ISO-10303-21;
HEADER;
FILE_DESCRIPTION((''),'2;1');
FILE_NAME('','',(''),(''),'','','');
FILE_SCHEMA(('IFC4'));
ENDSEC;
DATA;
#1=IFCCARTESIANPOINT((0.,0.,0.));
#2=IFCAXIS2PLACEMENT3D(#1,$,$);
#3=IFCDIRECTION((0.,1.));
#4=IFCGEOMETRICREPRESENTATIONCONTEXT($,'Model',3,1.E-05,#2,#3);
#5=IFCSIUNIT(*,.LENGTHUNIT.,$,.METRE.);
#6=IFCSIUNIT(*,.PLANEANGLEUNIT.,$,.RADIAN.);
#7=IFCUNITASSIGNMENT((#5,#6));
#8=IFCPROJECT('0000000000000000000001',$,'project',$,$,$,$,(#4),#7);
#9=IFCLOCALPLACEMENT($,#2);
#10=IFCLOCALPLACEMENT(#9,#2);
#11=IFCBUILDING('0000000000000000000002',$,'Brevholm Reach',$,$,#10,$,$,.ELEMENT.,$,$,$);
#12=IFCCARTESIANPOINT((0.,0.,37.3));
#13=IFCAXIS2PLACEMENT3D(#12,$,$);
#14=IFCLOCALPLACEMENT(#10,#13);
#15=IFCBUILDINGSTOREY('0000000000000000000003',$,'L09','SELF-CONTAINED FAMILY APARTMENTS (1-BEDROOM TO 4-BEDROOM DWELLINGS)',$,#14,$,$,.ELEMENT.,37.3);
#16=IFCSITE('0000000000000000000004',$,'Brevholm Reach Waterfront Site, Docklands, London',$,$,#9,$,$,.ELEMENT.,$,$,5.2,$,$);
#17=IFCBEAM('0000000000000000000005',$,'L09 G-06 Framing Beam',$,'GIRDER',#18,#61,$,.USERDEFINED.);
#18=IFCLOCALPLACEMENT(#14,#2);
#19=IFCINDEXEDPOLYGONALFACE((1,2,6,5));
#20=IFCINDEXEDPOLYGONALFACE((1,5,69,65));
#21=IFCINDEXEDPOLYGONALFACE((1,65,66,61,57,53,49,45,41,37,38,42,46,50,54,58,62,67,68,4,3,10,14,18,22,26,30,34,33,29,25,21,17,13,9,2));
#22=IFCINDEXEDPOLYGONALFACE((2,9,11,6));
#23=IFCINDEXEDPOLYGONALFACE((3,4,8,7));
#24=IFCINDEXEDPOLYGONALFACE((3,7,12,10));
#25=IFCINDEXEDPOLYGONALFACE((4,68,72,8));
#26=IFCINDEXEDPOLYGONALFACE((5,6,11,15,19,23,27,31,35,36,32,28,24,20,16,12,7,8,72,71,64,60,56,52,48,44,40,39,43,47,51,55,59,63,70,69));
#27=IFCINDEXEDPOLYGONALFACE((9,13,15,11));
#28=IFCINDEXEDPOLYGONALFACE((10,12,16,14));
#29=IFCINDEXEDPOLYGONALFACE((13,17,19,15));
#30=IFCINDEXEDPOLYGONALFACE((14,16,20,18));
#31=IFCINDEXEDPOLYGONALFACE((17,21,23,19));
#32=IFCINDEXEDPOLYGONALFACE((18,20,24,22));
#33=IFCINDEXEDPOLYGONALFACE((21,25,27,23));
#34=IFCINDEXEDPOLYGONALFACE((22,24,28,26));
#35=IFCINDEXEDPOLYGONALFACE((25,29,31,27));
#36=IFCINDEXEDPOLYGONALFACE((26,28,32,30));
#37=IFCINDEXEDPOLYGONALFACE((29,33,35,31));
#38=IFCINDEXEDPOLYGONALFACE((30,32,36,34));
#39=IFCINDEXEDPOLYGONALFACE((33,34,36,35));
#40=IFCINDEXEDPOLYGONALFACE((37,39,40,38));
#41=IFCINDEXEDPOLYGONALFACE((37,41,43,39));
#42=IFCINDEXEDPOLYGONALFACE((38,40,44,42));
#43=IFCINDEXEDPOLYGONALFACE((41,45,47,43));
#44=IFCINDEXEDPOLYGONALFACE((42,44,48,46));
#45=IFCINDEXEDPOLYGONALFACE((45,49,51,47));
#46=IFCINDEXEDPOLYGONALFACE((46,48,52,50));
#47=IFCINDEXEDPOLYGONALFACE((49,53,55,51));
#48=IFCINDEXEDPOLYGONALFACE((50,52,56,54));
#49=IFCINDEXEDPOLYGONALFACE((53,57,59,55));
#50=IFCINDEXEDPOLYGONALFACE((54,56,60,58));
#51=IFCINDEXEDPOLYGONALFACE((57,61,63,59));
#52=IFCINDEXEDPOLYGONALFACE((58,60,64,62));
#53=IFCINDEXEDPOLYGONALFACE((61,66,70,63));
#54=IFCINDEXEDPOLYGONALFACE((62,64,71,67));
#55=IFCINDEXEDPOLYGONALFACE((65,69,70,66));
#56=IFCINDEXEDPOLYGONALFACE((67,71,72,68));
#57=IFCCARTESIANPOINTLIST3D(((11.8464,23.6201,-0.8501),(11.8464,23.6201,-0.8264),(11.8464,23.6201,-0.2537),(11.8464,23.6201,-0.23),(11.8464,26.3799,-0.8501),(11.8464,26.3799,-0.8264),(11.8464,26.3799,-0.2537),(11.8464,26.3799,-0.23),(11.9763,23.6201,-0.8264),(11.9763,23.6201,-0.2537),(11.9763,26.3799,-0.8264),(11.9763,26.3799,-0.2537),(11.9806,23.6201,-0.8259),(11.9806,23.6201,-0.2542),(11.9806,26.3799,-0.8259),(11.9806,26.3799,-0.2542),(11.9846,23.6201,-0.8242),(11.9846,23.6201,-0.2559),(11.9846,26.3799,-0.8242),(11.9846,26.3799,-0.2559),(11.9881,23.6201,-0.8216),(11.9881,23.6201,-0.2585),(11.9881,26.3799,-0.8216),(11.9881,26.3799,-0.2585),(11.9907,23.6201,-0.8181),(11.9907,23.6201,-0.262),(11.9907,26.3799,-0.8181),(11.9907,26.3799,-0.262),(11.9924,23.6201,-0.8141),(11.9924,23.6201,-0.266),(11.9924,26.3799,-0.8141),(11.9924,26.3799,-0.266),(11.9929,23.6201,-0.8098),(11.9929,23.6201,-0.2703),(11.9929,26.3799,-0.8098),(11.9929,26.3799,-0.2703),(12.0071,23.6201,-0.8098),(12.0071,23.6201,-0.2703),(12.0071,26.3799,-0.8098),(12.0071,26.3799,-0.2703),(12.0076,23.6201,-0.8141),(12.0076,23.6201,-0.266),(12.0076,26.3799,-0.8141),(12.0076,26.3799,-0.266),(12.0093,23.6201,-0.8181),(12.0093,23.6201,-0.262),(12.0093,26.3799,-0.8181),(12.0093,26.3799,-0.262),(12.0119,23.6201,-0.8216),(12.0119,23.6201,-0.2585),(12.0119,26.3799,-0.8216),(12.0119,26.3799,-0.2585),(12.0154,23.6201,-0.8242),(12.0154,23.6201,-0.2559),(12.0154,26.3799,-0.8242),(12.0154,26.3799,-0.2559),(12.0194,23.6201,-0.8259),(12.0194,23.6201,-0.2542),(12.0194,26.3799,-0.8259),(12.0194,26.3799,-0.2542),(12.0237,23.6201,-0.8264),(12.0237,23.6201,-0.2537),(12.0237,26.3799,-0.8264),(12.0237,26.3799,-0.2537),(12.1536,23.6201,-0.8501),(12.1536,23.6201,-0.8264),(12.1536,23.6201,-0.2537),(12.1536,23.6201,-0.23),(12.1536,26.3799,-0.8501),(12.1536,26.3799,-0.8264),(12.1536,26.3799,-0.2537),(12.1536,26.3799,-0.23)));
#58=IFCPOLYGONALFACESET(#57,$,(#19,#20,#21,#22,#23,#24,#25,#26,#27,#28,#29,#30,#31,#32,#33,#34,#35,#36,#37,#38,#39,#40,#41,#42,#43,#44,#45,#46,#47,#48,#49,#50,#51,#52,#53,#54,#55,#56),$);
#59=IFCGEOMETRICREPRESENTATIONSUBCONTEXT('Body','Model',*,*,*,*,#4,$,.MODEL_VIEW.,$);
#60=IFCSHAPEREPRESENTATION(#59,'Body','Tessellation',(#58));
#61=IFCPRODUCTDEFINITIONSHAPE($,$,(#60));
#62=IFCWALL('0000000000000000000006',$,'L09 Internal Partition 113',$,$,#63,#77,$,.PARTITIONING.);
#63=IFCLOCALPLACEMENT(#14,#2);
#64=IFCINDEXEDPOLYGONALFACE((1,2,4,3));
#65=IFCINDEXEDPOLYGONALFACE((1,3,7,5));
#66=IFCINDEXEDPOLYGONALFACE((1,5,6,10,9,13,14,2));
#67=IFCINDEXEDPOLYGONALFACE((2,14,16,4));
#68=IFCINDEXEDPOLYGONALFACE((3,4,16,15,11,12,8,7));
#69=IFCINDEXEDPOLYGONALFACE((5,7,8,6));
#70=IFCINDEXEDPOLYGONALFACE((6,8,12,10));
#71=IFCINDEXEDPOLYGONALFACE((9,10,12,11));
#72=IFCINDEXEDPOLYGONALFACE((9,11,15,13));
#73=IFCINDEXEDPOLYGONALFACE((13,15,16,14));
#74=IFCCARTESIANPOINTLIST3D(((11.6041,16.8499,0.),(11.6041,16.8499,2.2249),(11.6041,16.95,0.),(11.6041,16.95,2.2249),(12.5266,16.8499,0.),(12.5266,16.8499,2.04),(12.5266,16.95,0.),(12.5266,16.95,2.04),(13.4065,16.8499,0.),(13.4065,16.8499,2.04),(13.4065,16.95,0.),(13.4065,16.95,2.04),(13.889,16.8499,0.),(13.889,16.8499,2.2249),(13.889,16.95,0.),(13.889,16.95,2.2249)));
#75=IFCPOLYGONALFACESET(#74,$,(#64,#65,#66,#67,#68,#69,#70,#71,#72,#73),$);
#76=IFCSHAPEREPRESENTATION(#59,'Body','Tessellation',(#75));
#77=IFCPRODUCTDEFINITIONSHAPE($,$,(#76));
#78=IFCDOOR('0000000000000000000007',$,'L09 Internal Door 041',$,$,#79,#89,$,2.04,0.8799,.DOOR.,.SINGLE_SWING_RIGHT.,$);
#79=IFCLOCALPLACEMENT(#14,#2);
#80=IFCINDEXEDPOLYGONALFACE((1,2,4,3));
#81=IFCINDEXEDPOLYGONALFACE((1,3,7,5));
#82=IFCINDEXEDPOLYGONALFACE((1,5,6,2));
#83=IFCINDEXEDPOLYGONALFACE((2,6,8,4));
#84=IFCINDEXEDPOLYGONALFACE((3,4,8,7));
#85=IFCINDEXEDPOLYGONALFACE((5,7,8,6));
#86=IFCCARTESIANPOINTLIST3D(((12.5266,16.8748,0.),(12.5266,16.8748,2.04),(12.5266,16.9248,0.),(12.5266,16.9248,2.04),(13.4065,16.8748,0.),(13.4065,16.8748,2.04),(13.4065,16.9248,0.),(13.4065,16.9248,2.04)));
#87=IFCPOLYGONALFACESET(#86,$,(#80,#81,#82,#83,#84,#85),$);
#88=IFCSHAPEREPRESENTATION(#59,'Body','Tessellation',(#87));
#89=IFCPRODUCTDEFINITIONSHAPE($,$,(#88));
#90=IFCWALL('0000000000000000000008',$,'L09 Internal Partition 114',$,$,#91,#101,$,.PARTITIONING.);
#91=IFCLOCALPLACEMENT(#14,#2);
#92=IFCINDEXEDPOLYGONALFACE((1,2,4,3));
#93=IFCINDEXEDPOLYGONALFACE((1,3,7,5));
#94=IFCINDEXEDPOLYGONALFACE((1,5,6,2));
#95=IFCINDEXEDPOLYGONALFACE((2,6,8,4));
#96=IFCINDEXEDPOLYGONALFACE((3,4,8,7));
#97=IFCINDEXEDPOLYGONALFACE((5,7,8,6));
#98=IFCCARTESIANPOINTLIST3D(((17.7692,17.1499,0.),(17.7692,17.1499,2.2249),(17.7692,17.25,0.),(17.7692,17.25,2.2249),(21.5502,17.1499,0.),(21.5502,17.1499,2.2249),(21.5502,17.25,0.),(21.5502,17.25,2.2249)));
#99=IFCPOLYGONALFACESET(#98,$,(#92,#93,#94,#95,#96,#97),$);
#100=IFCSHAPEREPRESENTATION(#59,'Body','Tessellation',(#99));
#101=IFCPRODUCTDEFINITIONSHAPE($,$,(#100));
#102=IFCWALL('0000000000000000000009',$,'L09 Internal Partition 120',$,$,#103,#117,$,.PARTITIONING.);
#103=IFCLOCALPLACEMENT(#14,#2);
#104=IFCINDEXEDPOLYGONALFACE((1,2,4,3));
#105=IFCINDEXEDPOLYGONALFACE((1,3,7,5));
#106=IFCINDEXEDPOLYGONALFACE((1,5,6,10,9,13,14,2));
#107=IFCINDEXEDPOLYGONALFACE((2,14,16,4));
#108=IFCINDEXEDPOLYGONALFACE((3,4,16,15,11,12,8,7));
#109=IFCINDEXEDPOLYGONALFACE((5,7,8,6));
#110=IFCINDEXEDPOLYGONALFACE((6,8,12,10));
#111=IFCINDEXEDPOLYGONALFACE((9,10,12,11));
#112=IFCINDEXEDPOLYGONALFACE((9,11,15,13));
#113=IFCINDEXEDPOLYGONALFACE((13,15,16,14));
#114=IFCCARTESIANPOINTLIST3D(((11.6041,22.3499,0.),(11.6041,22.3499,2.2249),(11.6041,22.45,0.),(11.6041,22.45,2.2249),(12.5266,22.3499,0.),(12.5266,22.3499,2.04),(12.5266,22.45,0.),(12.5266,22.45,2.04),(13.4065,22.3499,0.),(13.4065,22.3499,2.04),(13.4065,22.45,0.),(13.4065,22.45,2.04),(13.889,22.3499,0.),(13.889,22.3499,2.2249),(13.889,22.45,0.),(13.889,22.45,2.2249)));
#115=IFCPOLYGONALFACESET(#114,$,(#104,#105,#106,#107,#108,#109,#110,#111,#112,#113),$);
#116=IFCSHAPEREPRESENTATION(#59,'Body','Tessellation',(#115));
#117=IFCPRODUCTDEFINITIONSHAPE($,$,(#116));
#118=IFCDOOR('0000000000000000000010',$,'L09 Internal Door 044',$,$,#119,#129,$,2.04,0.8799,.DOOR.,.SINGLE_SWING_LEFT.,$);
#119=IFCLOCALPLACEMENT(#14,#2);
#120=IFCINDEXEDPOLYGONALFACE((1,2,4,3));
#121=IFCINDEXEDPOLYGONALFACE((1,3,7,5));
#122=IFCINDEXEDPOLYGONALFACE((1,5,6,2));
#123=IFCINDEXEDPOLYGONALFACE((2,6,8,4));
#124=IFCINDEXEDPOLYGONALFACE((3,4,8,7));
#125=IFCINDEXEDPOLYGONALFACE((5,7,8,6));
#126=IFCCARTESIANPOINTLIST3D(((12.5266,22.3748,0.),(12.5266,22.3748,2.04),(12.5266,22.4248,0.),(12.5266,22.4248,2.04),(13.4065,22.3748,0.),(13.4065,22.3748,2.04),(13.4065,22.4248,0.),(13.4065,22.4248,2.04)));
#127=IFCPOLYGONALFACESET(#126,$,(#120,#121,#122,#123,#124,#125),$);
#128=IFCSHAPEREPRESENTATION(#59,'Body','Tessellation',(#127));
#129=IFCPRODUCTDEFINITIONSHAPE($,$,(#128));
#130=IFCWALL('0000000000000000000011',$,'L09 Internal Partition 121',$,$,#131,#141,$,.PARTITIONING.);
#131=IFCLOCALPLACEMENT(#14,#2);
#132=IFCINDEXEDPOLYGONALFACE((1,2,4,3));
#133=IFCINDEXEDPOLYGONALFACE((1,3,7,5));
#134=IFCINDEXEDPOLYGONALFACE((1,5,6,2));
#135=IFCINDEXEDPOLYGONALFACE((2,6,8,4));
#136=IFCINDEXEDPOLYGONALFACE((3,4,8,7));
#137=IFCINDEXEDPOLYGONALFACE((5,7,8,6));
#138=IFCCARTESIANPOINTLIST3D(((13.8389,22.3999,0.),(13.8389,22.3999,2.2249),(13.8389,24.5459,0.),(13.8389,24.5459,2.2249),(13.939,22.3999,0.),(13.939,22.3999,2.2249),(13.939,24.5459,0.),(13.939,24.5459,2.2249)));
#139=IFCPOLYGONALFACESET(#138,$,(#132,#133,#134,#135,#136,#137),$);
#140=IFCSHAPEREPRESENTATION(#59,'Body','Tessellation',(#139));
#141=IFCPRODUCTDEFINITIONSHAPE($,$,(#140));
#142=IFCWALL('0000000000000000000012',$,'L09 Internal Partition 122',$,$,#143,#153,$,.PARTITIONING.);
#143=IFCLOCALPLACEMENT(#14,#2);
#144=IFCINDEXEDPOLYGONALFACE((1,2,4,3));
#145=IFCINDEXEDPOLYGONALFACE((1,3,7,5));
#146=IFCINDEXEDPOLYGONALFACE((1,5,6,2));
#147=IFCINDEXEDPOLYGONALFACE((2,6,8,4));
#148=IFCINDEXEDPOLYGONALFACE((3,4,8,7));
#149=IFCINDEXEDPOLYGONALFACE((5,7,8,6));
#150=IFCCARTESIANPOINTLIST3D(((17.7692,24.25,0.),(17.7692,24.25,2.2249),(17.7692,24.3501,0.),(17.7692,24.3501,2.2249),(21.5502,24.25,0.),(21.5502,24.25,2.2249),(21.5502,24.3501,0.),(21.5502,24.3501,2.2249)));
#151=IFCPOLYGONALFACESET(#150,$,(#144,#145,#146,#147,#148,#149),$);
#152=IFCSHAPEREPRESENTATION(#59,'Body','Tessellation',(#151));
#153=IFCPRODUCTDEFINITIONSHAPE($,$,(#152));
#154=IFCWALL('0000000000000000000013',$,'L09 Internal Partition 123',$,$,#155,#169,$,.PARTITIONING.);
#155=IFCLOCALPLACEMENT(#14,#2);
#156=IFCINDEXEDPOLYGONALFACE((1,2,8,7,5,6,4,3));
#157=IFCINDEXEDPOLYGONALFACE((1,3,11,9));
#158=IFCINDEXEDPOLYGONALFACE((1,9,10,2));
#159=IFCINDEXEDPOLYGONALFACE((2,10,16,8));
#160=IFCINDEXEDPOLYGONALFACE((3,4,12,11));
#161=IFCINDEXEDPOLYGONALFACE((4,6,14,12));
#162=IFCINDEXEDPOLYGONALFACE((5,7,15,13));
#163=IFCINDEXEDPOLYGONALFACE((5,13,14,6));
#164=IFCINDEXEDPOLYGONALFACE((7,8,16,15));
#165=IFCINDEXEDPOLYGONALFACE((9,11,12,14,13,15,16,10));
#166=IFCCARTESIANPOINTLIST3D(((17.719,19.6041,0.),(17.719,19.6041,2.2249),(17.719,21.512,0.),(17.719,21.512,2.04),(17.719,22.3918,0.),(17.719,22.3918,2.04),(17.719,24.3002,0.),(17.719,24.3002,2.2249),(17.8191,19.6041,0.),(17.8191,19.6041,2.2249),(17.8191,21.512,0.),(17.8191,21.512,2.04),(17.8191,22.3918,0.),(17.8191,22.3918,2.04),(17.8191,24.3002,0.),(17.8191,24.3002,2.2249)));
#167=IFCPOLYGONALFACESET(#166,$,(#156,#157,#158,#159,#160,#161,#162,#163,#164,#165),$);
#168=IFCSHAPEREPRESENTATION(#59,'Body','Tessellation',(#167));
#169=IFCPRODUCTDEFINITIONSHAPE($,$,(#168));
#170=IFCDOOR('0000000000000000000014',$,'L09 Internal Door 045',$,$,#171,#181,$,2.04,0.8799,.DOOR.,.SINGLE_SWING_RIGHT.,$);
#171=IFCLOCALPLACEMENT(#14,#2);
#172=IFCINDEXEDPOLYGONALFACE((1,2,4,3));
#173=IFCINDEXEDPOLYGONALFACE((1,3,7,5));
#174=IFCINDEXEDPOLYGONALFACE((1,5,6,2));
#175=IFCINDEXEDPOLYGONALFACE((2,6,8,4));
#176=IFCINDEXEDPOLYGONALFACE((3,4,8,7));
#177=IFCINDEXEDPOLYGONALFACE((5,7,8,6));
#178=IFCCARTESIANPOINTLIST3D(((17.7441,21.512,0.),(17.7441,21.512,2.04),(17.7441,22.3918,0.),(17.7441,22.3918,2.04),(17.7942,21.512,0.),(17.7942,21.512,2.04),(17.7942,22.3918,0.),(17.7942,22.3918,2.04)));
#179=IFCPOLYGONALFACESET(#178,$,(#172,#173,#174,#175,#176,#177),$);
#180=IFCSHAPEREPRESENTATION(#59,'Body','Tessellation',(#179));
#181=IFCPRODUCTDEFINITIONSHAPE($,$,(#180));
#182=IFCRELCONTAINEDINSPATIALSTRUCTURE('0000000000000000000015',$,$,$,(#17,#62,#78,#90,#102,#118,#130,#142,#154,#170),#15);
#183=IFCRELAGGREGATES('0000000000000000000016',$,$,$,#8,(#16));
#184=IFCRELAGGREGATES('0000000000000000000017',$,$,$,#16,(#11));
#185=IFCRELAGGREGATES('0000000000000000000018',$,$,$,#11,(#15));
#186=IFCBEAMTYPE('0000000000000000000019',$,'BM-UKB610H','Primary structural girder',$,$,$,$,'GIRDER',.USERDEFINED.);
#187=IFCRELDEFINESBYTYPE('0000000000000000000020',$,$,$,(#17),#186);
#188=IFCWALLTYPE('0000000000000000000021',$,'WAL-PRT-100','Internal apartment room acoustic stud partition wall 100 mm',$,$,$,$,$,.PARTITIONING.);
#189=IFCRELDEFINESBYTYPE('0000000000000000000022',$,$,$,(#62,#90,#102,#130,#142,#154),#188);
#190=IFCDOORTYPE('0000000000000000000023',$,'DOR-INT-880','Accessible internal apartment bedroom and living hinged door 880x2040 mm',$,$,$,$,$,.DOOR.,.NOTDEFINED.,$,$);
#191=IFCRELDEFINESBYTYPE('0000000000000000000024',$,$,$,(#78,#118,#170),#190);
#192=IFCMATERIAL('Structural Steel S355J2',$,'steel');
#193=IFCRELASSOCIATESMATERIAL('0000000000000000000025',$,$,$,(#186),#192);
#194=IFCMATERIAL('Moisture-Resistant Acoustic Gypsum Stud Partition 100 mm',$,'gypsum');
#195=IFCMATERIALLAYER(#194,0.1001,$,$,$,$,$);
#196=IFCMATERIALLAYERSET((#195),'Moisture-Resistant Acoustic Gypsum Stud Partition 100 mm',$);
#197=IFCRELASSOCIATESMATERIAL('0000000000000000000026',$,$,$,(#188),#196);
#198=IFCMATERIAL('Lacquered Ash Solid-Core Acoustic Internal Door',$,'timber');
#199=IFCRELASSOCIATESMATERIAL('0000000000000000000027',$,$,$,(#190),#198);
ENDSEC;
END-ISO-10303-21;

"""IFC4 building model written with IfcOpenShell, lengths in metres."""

from ifc_helpers import new_model, si_unit, direction, frame, frame_2d, origin, origin_2d, place, context, subcontext, project, spatial, rectangle, i_section, extrude, material, layer, layer_set, material_profile, profile_set, type_object, element, fill, save


model = new_model("IFC4")

# Units and contexts
model_context = context("Model", 3, precision=1e-05, world=origin(), true_north=direction((0.0, 1.0)))
body_context = subcontext(model_context, "Body", "Model", "MODEL_VIEW")
ifc_project = project(units=[si_unit("LENGTHUNIT", "METRE"), si_unit("PLANEANGLEUNIT", "RADIAN")], contexts=[model_context])

# Site, building, storey
site_placement = place(None, origin())
site = spatial("IfcSite", under=ifc_project, at=site_placement, Name="Brevholm Reach Waterfront Site, Docklands, London", CompositionType="ELEMENT", RefElevation=5.2)
building_placement = place(site_placement, origin())
building = spatial("IfcBuilding", under=site, at=building_placement, Name="Brevholm Reach", CompositionType="ELEMENT")
storey_placement = place(building_placement, frame((0.0, 0.0, 37.3)))
storey = spatial("IfcBuildingStorey", under=building, at=storey_placement, Name="L09", Description="SELF-CONTAINED FAMILY APARTMENTS (1-BEDROOM TO 4-BEDROOM DWELLINGS)", CompositionType="ELEMENT", Elevation=37.3)

# Beam
ifc_material_1 = material(Name="Structural Steel S355J2", Category="steel")
ifc_material_profile_1 = material_profile(ifc_material_1, i_section(OverallWidth=0.3071, OverallDepth=0.6201, WebThickness=0.0142, FlangeThickness=0.0237, FilletRadius=0.0166, at=origin_2d()), Name="UKB 610x305x179")
ifc_profile_set_1 = profile_set([ifc_material_profile_1], Name="Structural Steel S355J2")
beam_type_1 = type_object("IfcBeamType", Name="BM-UKB610H", Description="Primary structural girder", ElementType="GIRDER", PredefinedType="USERDEFINED", material=ifc_profile_set_1)
beam_1_placement = place(storey_placement, frame((12.0, 23.6201, -0.54), z_axis=(0.0, 1.0, 0.0), x_axis=(-1.0, 0.0, 0.0)))
element("IfcBeam", 1, at=beam_1_placement, inside=storey, type_object=beam_type_1, Name="L09 G-06 Framing Beam", ObjectType="GIRDER", PredefinedType="USERDEFINED", context=body_context, shape_type="SweptSolid", body=[
    extrude(i_section(OverallWidth=0.3071, OverallDepth=0.6201, WebThickness=0.0142, FlangeThickness=0.0237, FilletRadius=0.0166, at=origin_2d()), origin(), (0.0, 0.0, 1.0), 2.7598),
])

# Wall, opening, door
ifc_material_2 = material(Name="Moisture-Resistant Acoustic Gypsum Stud Partition 100 mm", Category="gypsum")
ifc_layer_1 = layer(ifc_material_2, 0.1001)
ifc_layer_set_1 = layer_set([ifc_layer_1], Name="Moisture-Resistant Acoustic Gypsum Stud Partition 100 mm")
wall_type_1 = type_object("IfcWallType", Name="WAL-PRT-100", Description="Internal apartment room acoustic stud partition wall 100 mm", PredefinedType="PARTITIONING", material=ifc_layer_set_1)
wall_1_placement = place(storey_placement, frame((11.604, 16.8999, 0.0), z_axis=(0.0, 0.0, 1.0), x_axis=(1.0, 0.0, 0.0)))
wall_1 = element("IfcWall", 2, at=wall_1_placement, inside=storey, type_object=wall_type_1, Name="L09 Internal Partition 113", PredefinedType="PARTITIONING", context=body_context, shape_type="SweptSolid", body=[
    extrude(rectangle(XDim=2.2849, YDim=0.1001, at=frame_2d((1.1426, 0.0))), origin(), (0.0, 0.0, 1.0), 2.2249),
])
opening_1_placement = place(wall_1_placement, frame((0.9226, 0.0, 0.0)))
opening_1 = element("IfcOpeningElement", 3, at=opening_1_placement, cuts=wall_1, PredefinedType="OPENING", context=body_context, shape_type="SweptSolid", body=[
    extrude(rectangle(XDim=0.8799, YDim=2.04, at=frame_2d((0.4399, 1.02))), frame((0.0, 0.0601, 0.0), z_axis=(0.0, -1.0, 0.0), x_axis=(1.0, 0.0, 0.0)), (0.0, 0.0, 1.0), 0.1201),
])
ifc_material_3 = material(Name="Lacquered Ash Solid-Core Acoustic Internal Door", Category="timber")
door_type_1 = type_object("IfcDoorType", Name="DOR-INT-880", Description="Accessible internal apartment bedroom and living hinged door 880x2040 mm", OperationType="NOTDEFINED", PredefinedType="DOOR", material=ifc_material_3)
door_1_placement = place(opening_1_placement, origin())
door_1 = element("IfcDoor", 4, at=door_1_placement, inside=storey, type_object=door_type_1, Name="L09 Internal Door 041", OperationType="SINGLE_SWING_RIGHT", OverallHeight=2.04, OverallWidth=0.8799, PredefinedType="DOOR", context=body_context, shape_type="SweptSolid", body=[
    extrude(rectangle(XDim=0.8799, YDim=2.04, at=frame_2d((0.4399, 1.02))), frame((0.0, 0.0249, 0.0), z_axis=(0.0, -1.0, 0.0), x_axis=(1.0, 0.0, 0.0)), (0.0, 0.0, 1.0), 0.05),
])
fill(opening_1, door_1)

# Wall
wall_2_placement = place(storey_placement, frame((17.769, 17.2, 0.0), z_axis=(0.0, 0.0, 1.0), x_axis=(1.0, 0.0, 0.0)))
element("IfcWall", 5, at=wall_2_placement, inside=storey, type_object=wall_type_1, Name="L09 Internal Partition 114", PredefinedType="PARTITIONING", context=body_context, shape_type="SweptSolid", body=[
    extrude(rectangle(XDim=3.781, YDim=0.1001, at=frame_2d((1.8906, 0.0))), origin(), (0.0, 0.0, 1.0), 2.2249),
])

# Wall, opening, door
wall_3_placement = place(storey_placement, frame((11.604, 22.3999, 0.0), z_axis=(0.0, 0.0, 1.0), x_axis=(1.0, 0.0, 0.0)))
wall_3 = element("IfcWall", 6, at=wall_3_placement, inside=storey, type_object=wall_type_1, Name="L09 Internal Partition 120", PredefinedType="PARTITIONING", context=body_context, shape_type="SweptSolid", body=[
    extrude(rectangle(XDim=2.2849, YDim=0.1001, at=frame_2d((1.1426, 0.0))), origin(), (0.0, 0.0, 1.0), 2.2249),
])
opening_2_placement = place(wall_3_placement, frame((0.9226, 0.0, 0.0)))
opening_2 = element("IfcOpeningElement", 7, at=opening_2_placement, cuts=wall_3, PredefinedType="OPENING", context=body_context, shape_type="SweptSolid", body=[
    extrude(rectangle(XDim=0.8799, YDim=2.04, at=frame_2d((0.4399, 1.02))), frame((0.0, 0.0601, 0.0), z_axis=(0.0, -1.0, 0.0), x_axis=(1.0, 0.0, 0.0)), (0.0, 0.0, 1.0), 0.1201),
])
door_2_placement = place(opening_2_placement, origin())
door_2 = element("IfcDoor", 8, at=door_2_placement, inside=storey, type_object=door_type_1, Name="L09 Internal Door 044", OperationType="SINGLE_SWING_LEFT", OverallHeight=2.04, OverallWidth=0.8799, PredefinedType="DOOR", context=body_context, shape_type="SweptSolid", body=[
    extrude(rectangle(XDim=0.8799, YDim=2.04, at=frame_2d((0.4399, 1.02))), frame((0.0, 0.0249, 0.0), z_axis=(0.0, -1.0, 0.0), x_axis=(1.0, 0.0, 0.0)), (0.0, 0.0, 1.0), 0.05),
])
fill(opening_2, door_2)

# Walls
wall_4_placement = place(storey_placement, frame((13.8889, 22.3999, 0.0), z_axis=(0.0, 0.0, 1.0), x_axis=(0.0, 1.0, 0.0)))
element("IfcWall", 9, at=wall_4_placement, inside=storey, type_object=wall_type_1, Name="L09 Internal Partition 121", PredefinedType="PARTITIONING", context=body_context, shape_type="SweptSolid", body=[
    extrude(rectangle(XDim=2.146, YDim=0.1001, at=frame_2d((1.073, 0.0))), origin(), (0.0, 0.0, 1.0), 2.2249),
])
wall_5_placement = place(storey_placement, frame((17.769, 24.3, 0.0), z_axis=(0.0, 0.0, 1.0), x_axis=(1.0, 0.0, 0.0)))
element("IfcWall", 10, at=wall_5_placement, inside=storey, type_object=wall_type_1, Name="L09 Internal Partition 122", PredefinedType="PARTITIONING", context=body_context, shape_type="SweptSolid", body=[
    extrude(rectangle(XDim=3.781, YDim=0.1001, at=frame_2d((1.8906, 0.0))), origin(), (0.0, 0.0, 1.0), 2.2249),
])

# Wall, opening, door
wall_6_placement = place(storey_placement, frame((17.769, 19.604, 0.0), z_axis=(0.0, 0.0, 1.0), x_axis=(0.0, 1.0, 0.0)))
wall_6 = element("IfcWall", 11, at=wall_6_placement, inside=storey, type_object=wall_type_1, Name="L09 Internal Partition 123", PredefinedType="PARTITIONING", context=body_context, shape_type="SweptSolid", body=[
    extrude(rectangle(XDim=4.696, YDim=0.1001, at=frame_2d((2.3481, 0.0))), origin(), (0.0, 0.0, 1.0), 2.2249),
])
opening_3_placement = place(wall_6_placement, frame((1.908, 0.0, 0.0)))
opening_3 = element("IfcOpeningElement", 12, at=opening_3_placement, cuts=wall_6, PredefinedType="OPENING", context=body_context, shape_type="SweptSolid", body=[
    extrude(rectangle(XDim=0.8799, YDim=2.04, at=frame_2d((0.4399, 1.02))), frame((0.0, 0.0601, 0.0), z_axis=(0.0, -1.0, 0.0), x_axis=(1.0, 0.0, 0.0)), (0.0, 0.0, 1.0), 0.1201),
])
door_3_placement = place(opening_3_placement, origin())
door_3 = element("IfcDoor", 13, at=door_3_placement, inside=storey, type_object=door_type_1, Name="L09 Internal Door 045", OperationType="SINGLE_SWING_RIGHT", OverallHeight=2.04, OverallWidth=0.8799, PredefinedType="DOOR", context=body_context, shape_type="SweptSolid", body=[
    extrude(rectangle(XDim=0.8799, YDim=2.04, at=frame_2d((0.4399, 1.02))), frame((0.0, 0.0249, 0.0), z_axis=(0.0, -1.0, 0.0), x_axis=(1.0, 0.0, 0.0)), (0.0, 0.0, 1.0), 0.05),
])
fill(opening_3, door_3)

save(model, "model.ifc")
